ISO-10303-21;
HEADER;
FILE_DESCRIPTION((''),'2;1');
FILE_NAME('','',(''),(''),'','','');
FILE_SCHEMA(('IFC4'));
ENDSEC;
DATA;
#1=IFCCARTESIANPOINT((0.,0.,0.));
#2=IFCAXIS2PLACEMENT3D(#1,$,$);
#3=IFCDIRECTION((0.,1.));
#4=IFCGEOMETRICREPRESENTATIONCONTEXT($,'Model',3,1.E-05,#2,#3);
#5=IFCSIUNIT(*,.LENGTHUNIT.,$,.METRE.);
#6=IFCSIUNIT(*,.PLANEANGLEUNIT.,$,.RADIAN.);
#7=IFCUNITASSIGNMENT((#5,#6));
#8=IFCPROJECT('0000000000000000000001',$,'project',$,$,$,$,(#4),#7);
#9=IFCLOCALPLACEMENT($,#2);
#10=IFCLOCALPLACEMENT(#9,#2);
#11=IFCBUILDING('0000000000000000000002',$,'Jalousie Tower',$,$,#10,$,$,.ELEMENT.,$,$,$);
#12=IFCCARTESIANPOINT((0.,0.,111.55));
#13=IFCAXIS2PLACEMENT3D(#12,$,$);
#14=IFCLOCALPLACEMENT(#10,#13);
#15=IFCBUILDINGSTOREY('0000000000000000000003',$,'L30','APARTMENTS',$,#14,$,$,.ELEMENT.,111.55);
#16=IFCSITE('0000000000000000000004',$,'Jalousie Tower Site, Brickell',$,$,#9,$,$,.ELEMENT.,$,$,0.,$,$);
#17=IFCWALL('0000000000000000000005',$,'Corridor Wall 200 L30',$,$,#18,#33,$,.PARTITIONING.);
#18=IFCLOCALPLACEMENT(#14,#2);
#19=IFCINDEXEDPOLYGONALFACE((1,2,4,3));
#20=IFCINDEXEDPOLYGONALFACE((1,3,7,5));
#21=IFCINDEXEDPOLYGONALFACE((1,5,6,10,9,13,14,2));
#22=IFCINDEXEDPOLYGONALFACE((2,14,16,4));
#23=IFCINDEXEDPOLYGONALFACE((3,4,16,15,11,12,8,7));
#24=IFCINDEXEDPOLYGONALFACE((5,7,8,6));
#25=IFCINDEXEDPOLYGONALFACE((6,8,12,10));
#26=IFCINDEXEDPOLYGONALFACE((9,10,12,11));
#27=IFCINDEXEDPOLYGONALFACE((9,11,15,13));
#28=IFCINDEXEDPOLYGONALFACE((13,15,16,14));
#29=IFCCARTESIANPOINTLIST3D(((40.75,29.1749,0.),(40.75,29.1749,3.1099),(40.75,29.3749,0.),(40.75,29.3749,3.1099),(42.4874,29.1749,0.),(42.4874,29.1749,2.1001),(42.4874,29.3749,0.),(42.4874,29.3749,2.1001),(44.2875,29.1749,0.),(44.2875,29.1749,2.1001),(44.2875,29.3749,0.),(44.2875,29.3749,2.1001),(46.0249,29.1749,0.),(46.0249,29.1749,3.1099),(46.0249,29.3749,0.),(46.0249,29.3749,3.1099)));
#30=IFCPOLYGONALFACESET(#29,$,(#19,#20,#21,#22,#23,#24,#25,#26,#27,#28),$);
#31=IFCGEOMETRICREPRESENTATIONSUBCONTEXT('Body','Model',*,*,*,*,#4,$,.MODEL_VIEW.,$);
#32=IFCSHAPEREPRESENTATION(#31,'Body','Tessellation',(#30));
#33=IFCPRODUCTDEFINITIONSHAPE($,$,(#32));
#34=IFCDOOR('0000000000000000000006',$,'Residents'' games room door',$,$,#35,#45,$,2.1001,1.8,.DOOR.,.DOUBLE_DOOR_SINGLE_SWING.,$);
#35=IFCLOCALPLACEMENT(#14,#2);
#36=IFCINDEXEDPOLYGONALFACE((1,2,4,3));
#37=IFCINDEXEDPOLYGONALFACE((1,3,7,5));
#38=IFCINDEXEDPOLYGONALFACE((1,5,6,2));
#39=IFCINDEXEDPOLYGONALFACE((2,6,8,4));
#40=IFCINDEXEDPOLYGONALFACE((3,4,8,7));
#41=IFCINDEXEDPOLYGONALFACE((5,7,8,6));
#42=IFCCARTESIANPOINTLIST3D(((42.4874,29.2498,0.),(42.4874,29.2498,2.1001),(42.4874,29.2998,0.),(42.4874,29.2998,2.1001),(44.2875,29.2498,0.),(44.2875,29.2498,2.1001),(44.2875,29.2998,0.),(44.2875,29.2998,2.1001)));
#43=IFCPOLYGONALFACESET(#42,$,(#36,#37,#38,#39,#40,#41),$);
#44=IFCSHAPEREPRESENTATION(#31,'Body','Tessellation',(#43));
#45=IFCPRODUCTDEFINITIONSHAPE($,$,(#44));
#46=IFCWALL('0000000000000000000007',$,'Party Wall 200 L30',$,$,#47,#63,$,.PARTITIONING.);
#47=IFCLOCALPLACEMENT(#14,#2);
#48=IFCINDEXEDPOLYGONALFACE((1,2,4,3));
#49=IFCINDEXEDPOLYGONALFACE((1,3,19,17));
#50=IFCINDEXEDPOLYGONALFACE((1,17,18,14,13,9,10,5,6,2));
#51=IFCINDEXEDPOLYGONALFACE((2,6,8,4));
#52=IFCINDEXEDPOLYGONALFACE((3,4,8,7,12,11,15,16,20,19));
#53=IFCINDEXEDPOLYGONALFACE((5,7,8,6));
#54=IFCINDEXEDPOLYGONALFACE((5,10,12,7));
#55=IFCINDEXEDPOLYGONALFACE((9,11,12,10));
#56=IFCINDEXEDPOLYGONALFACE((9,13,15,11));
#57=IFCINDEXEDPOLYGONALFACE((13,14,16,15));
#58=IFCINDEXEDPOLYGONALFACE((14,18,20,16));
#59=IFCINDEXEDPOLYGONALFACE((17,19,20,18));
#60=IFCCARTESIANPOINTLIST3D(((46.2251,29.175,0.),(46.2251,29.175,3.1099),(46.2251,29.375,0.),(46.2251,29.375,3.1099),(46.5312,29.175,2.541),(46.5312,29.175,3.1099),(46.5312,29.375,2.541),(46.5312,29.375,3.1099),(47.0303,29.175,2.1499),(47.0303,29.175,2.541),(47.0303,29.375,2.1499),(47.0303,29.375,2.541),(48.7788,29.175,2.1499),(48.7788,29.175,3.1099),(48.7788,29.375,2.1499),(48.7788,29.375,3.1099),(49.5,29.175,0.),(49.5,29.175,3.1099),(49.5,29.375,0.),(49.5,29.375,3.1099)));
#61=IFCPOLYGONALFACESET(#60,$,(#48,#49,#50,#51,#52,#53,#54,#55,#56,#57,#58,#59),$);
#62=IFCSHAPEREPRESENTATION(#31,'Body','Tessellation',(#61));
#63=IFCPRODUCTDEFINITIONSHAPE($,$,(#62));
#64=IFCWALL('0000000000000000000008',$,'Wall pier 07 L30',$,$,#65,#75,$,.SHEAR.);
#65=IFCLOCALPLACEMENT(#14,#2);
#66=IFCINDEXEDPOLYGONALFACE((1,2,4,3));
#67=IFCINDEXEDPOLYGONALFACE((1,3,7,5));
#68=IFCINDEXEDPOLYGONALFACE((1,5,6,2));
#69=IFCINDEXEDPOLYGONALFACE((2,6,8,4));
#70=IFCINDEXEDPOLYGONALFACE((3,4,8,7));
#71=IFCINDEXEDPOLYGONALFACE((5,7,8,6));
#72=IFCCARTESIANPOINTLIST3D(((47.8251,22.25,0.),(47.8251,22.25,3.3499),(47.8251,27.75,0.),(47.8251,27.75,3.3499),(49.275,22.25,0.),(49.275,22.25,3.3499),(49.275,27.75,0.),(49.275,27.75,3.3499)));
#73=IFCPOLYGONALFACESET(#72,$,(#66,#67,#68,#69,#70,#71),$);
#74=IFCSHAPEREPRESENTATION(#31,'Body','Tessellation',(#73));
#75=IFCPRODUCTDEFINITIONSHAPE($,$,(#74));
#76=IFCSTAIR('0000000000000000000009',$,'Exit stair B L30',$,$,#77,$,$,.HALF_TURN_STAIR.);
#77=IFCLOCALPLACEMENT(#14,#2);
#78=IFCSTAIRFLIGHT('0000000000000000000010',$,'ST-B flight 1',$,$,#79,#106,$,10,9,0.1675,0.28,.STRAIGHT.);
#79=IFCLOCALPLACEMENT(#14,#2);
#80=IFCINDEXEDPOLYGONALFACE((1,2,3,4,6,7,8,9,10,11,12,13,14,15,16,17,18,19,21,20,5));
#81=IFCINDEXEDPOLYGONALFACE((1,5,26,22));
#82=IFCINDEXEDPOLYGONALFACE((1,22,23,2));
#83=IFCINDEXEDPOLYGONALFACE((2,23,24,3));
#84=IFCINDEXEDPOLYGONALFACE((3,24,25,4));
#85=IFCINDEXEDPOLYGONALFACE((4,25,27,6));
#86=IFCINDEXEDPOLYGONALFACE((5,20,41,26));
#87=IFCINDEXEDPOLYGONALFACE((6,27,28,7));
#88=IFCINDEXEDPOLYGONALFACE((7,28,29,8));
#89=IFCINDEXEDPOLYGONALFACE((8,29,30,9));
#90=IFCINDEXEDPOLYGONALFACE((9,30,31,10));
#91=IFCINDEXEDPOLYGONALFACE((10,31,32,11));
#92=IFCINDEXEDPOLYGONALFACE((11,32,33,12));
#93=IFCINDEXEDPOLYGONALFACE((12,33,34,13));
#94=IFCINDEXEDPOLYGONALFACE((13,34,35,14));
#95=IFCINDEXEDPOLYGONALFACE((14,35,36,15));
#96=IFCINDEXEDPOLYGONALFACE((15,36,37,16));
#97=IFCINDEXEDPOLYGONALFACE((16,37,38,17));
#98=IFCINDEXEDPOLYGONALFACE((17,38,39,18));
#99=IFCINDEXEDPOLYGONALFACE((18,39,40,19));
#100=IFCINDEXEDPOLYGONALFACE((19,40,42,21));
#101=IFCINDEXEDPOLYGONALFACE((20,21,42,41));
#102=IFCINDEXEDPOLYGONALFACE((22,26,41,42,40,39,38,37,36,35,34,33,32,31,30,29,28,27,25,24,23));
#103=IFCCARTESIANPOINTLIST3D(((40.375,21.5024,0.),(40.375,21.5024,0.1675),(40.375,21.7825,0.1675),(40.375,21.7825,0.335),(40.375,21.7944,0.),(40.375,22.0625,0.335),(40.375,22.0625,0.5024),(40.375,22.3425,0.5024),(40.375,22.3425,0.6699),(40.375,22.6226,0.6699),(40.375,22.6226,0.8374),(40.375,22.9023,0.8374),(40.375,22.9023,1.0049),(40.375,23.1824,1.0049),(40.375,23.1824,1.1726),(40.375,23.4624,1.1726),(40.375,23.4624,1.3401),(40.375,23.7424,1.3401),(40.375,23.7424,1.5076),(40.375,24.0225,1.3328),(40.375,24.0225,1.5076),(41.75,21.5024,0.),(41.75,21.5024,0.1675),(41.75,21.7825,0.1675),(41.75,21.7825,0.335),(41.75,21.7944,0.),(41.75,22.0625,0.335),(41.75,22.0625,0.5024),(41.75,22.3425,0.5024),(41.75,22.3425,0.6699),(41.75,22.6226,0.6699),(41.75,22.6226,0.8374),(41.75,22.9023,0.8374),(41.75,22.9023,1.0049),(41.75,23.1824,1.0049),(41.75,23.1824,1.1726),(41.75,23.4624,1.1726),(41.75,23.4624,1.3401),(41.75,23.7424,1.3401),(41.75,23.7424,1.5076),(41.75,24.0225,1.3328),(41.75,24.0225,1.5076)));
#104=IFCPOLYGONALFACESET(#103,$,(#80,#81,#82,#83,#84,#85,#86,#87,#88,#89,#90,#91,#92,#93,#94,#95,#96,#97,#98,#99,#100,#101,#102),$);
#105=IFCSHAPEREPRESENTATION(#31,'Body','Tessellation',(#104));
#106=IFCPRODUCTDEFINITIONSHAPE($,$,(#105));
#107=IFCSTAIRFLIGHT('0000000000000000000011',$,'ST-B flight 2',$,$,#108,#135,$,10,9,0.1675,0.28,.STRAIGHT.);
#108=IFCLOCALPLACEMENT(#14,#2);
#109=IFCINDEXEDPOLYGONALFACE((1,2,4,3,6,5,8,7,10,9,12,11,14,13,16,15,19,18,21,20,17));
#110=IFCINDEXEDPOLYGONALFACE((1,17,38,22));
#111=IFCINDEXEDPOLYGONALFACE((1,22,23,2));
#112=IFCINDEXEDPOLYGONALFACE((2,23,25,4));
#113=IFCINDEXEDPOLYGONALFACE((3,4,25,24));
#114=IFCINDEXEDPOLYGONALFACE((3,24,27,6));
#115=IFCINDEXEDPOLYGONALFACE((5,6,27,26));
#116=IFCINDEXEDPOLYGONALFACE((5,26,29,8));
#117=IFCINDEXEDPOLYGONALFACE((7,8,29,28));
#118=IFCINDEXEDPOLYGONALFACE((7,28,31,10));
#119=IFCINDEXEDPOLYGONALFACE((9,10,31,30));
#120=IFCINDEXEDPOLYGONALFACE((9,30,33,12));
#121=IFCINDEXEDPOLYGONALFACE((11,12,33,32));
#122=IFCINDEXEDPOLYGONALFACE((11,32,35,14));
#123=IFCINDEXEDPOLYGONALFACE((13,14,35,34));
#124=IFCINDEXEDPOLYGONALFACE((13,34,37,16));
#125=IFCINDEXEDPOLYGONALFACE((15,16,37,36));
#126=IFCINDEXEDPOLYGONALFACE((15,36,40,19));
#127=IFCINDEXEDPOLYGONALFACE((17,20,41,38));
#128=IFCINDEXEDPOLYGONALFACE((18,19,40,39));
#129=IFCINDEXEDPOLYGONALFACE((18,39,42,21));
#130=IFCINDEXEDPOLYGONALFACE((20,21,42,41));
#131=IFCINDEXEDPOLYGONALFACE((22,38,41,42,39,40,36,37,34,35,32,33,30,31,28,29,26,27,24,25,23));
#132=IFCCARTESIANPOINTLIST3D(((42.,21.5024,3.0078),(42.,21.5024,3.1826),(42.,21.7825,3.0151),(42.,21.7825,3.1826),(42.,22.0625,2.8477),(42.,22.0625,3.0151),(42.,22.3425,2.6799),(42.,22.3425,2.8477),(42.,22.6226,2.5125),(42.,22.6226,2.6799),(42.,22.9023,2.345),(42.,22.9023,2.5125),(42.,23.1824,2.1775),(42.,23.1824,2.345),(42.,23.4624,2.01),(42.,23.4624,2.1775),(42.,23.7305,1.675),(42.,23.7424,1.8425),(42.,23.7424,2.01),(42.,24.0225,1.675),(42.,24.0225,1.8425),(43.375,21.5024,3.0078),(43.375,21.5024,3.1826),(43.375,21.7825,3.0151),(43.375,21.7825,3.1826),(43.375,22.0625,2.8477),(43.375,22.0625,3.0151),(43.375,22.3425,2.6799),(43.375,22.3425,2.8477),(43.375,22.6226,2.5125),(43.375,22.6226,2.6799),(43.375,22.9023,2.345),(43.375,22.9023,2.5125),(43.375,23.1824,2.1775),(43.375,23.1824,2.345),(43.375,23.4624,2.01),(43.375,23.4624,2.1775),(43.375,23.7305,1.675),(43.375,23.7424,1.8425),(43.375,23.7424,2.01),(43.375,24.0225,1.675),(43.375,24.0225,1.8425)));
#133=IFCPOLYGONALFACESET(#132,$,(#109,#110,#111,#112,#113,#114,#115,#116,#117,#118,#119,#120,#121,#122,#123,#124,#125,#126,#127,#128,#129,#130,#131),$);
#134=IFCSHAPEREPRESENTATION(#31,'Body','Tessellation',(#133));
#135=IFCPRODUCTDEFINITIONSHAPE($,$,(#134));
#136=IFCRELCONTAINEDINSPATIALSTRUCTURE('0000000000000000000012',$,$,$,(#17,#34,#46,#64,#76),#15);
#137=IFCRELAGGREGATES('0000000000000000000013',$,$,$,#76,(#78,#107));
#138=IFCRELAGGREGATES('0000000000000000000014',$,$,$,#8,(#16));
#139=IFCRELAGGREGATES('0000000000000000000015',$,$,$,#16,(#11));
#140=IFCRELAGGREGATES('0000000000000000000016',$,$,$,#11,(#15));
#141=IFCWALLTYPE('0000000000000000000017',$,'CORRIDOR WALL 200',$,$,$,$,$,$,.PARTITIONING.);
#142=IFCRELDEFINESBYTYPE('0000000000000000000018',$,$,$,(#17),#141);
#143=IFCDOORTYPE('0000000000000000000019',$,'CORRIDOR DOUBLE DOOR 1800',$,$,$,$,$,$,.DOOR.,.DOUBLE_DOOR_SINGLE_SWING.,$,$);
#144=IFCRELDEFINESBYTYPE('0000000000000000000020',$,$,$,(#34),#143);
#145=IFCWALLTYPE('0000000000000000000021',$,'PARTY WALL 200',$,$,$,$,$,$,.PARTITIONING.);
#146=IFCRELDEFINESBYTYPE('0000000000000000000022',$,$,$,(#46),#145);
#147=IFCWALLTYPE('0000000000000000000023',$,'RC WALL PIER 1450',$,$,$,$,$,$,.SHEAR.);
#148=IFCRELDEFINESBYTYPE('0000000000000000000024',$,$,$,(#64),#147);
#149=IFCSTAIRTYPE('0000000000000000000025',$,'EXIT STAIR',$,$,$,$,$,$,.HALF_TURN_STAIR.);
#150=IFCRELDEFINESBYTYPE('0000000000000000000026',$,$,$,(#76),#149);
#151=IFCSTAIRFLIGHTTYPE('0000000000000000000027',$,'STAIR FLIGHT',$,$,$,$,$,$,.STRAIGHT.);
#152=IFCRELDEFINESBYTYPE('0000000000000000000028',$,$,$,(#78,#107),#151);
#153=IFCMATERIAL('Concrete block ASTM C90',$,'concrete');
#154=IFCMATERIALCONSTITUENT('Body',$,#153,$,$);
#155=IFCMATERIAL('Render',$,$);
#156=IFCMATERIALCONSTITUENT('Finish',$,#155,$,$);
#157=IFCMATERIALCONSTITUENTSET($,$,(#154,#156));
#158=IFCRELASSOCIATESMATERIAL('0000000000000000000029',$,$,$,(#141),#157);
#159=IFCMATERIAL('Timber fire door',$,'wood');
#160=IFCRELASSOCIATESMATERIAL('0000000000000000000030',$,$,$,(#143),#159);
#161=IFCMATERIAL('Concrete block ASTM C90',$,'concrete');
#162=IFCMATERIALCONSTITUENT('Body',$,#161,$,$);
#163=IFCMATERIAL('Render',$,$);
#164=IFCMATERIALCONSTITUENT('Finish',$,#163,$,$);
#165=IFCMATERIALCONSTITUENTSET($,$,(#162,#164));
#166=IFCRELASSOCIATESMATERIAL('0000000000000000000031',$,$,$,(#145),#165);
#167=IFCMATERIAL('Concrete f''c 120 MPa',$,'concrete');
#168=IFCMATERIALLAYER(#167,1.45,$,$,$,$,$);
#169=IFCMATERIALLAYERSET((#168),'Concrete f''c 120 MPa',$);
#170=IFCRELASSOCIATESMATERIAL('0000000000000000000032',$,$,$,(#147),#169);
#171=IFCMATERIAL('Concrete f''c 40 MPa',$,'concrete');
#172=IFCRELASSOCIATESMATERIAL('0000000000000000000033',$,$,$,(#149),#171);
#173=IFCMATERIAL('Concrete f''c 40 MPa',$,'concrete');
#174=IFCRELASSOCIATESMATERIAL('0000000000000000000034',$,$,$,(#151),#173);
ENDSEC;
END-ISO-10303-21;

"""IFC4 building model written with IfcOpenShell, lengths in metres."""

from ifc_helpers import new_model, si_unit, direction, frame, frame_2d, origin, place, context, subcontext, project, spatial, polyline, rectangle, outline, extrude, material, layer, layer_set, constituent, constituent_set, type_object, element, fill, aggregate, save


model = new_model("IFC4")

# Units and contexts
model_context = context("Model", 3, precision=1e-05, world=origin(), true_north=direction((0.0, 1.0)))
body_context = subcontext(model_context, "Body", "Model", "MODEL_VIEW")
ifc_project = project(units=[si_unit("LENGTHUNIT", "METRE"), si_unit("PLANEANGLEUNIT", "RADIAN")], contexts=[model_context])

# Site, building, storey
site_placement = place(None, origin())
site = spatial("IfcSite", under=ifc_project, at=site_placement, Name="Jalousie Tower Site, Brickell", CompositionType="ELEMENT", RefElevation=0.0)
building_placement = place(site_placement, origin())
building = spatial("IfcBuilding", under=site, at=building_placement, Name="Jalousie Tower", CompositionType="ELEMENT")
storey_placement = place(building_placement, frame((0.0, 0.0, 111.55)))
storey = spatial("IfcBuildingStorey", under=building, at=storey_placement, Name="L30", Description="APARTMENTS", CompositionType="ELEMENT", Elevation=111.55)

# Wall, opening, door
ifc_material_1 = material(Name="Concrete block ASTM C90", Category="concrete")
ifc_constituent_1 = constituent(ifc_material_1, Name="Body")
ifc_material_2 = material(Name="Render")
ifc_constituent_2 = constituent(ifc_material_2, Name="Finish")
ifc_constituent_set_1 = constituent_set(constituents=[ifc_constituent_1, ifc_constituent_2])
wall_type_1 = type_object("IfcWallType", Name="CORRIDOR WALL 200", PredefinedType="PARTITIONING", material=ifc_constituent_set_1)
wall_1_placement = place(storey_placement, frame((40.75, 29.2749, 0.0), z_axis=(0.0, 0.0, 1.0), x_axis=(1.0, 0.0, 0.0)))
wall_1 = element("IfcWall", 1, at=wall_1_placement, inside=storey, type_object=wall_type_1, Name="Corridor Wall 200 L30", PredefinedType="PARTITIONING", context=body_context, shape_type="SweptSolid", body=[
    extrude(rectangle(XDim=5.2749, YDim=0.2, at=frame_2d((2.6375, 0.0))), origin(), (0.0, 0.0, 1.0), 3.1099),
])
opening_1_placement = place(wall_1_placement, frame((1.7375, 0.0, 0.0)))
opening_1 = element("IfcOpeningElement", 2, at=opening_1_placement, cuts=wall_1, PredefinedType="OPENING", context=body_context, shape_type="SweptSolid", body=[
    extrude(rectangle(XDim=1.8, YDim=2.1001, at=frame_2d((0.8999, 1.05))), frame((0.0, 0.1099, 0.0), z_axis=(0.0, -1.0, 0.0), x_axis=(1.0, 0.0, 0.0)), (0.0, 0.0, 1.0), 0.22),
])
ifc_material_3 = material(Name="Timber fire door", Category="wood")
door_type_1 = type_object("IfcDoorType", Name="CORRIDOR DOUBLE DOOR 1800", OperationType="DOUBLE_DOOR_SINGLE_SWING", PredefinedType="DOOR", material=ifc_material_3)
door_1_placement = place(opening_1_placement, origin())
door_1 = element("IfcDoor", 3, at=door_1_placement, inside=storey, type_object=door_type_1, Name="Residents' games room door", OperationType="DOUBLE_DOOR_SINGLE_SWING", OverallHeight=2.1001, OverallWidth=1.8, PredefinedType="DOOR", context=body_context, shape_type="SweptSolid", body=[
    extrude(rectangle(XDim=1.8, YDim=2.1001, at=frame_2d((0.8999, 1.05))), frame((0.0, 0.0249, 0.0), z_axis=(0.0, -1.0, 0.0), x_axis=(1.0, 0.0, 0.0)), (0.0, 0.0, 1.0), 0.05),
])
fill(opening_1, door_1)

# Walls
ifc_material_4 = material(Name="Concrete block ASTM C90", Category="concrete")
ifc_constituent_3 = constituent(ifc_material_4, Name="Body")
ifc_material_5 = material(Name="Render")
ifc_constituent_4 = constituent(ifc_material_5, Name="Finish")
ifc_constituent_set_2 = constituent_set(constituents=[ifc_constituent_3, ifc_constituent_4])
wall_type_2 = type_object("IfcWallType", Name="PARTY WALL 200", PredefinedType="PARTITIONING", material=ifc_constituent_set_2)
wall_2_placement = place(storey_placement, frame((46.2251, 29.2749, 0.0), z_axis=(0.0, 0.0, 1.0), x_axis=(1.0, 0.0, 0.0)))
element("IfcWall", 4, at=wall_2_placement, inside=storey, type_object=wall_type_2, Name="Party Wall 200 L30", PredefinedType="PARTITIONING", context=body_context, shape_type="SweptSolid", body=[
    extrude(outline(polyline([(0.0, 0.0), (3.2749, 0.0), (3.2749, 3.1099), (2.5537, 3.1099), (2.5537, 2.1499), (0.8052, 2.1499), (0.8052, 2.541), (0.3062, 2.541), (0.3062, 3.1099), (0.0, 3.1099), (0.0, 0.0)])), frame((0.0, 0.1001, 0.0), z_axis=(0.0, -1.0, 0.0), x_axis=(1.0, 0.0, 0.0)), (0.0, 0.0, 1.0), 0.2),
])
ifc_material_6 = material(Name="Concrete f'c 120 MPa", Category="concrete")
ifc_layer_1 = layer(ifc_material_6, 1.45)
ifc_layer_set_1 = layer_set([ifc_layer_1], Name="Concrete f'c 120 MPa")
wall_type_3 = type_object("IfcWallType", Name="RC WALL PIER 1450", PredefinedType="SHEAR", material=ifc_layer_set_1)
wall_3_placement = place(storey_placement, frame((48.55, 22.25, 0.0), z_axis=(0.0, 0.0, 1.0), x_axis=(0.0, 1.0, 0.0)))
element("IfcWall", 5, at=wall_3_placement, inside=storey, type_object=wall_type_3, Name="Wall pier 07 L30", PredefinedType="SHEAR", context=body_context, shape_type="SweptSolid", body=[
    extrude(rectangle(XDim=5.5, YDim=1.45, at=frame_2d((2.75, 0.0))), origin(), (0.0, 0.0, 1.0), 3.3499),
])

# Stair, stair flights
ifc_material_7 = material(Name="Concrete f'c 40 MPa", Category="concrete")
stair_type = type_object("IfcStairType", Name="EXIT STAIR", PredefinedType="HALF_TURN_STAIR", material=ifc_material_7)
stair_placement = place(storey_placement, origin())
stair = element("IfcStair", 6, at=stair_placement, inside=storey, type_object=stair_type, Name="Exit stair B L30", PredefinedType="HALF_TURN_STAIR")
ifc_material_8 = material(Name="Concrete f'c 40 MPa", Category="concrete")
stair_flight_type = type_object("IfcStairFlightType", Name="STAIR FLIGHT", PredefinedType="STRAIGHT", material=ifc_material_8)
stair_flight_1_placement = place(storey_placement, frame((41.0625, 21.5024, 0.0), z_axis=(0.0, 0.0, 1.0), x_axis=(0.0, 1.0, 0.0)))
stair_flight_1 = element("IfcStairFlight", 7, at=stair_flight_1_placement, type_object=stair_flight_type, Name="ST-B flight 1", NumberOfRisers=10, NumberOfTreads=9, PredefinedType="STRAIGHT", RiserHeight=0.1675, TreadLength=0.28, context=body_context, shape_type="SweptSolid", body=[
    extrude(outline(polyline([(0.0, 0.0), (0.0, 0.1675), (0.28, 0.1675), (0.28, 0.335), (0.5601, 0.335), (0.5601, 0.5024), (0.8401, 0.5024), (0.8401, 0.6699), (1.1201, 0.6699), (1.1201, 0.8374), (1.3999, 0.8374), (1.3999, 1.0049), (1.6799, 1.0049), (1.6799, 1.1726), (1.96, 1.1726), (1.96, 1.3401), (2.24, 1.3401), (2.24, 1.5076), (2.52, 1.5076), (2.52, 1.675), (2.52, 1.3328), (0.292, 0.0), (0.0, 0.0)])), frame((0.0, 0.6875, 0.0), z_axis=(0.0, -1.0, 0.0), x_axis=(1.0, 0.0, 0.0)), (0.0, 0.0, 1.0), 1.375),
])
stair_flight_2_placement = place(storey_placement, frame((42.6875, 24.0225, 1.675), z_axis=(0.0, 0.0, 1.0), x_axis=(0.0, -1.0, 0.0)))
stair_flight_2 = element("IfcStairFlight", 8, at=stair_flight_2_placement, type_object=stair_flight_type, Name="ST-B flight 2", NumberOfRisers=10, NumberOfTreads=9, PredefinedType="STRAIGHT", RiserHeight=0.1675, TreadLength=0.28, context=body_context, shape_type="SweptSolid", body=[
    extrude(outline(polyline([(0.0, 0.0), (0.0, 0.1675), (0.28, 0.1675), (0.28, 0.335), (0.5601, 0.335), (0.5601, 0.5024), (0.8401, 0.5024), (0.8401, 0.6699), (1.1201, 0.6699), (1.1201, 0.8374), (1.3999, 0.8374), (1.3999, 1.0049), (1.6799, 1.0049), (1.6799, 1.1726), (1.96, 1.1726), (1.96, 1.3401), (2.24, 1.3401), (2.24, 1.5076), (2.52, 1.5076), (2.52, 1.675), (2.52, 1.3328), (0.292, 0.0), (0.0, 0.0)])), frame((0.0, 0.6875, 0.0), z_axis=(0.0, -1.0, 0.0), x_axis=(1.0, 0.0, 0.0)), (0.0, 0.0, 1.0), 1.375),
])
aggregate(stair, [stair_flight_1, stair_flight_2])

save(model, "model.ifc")
